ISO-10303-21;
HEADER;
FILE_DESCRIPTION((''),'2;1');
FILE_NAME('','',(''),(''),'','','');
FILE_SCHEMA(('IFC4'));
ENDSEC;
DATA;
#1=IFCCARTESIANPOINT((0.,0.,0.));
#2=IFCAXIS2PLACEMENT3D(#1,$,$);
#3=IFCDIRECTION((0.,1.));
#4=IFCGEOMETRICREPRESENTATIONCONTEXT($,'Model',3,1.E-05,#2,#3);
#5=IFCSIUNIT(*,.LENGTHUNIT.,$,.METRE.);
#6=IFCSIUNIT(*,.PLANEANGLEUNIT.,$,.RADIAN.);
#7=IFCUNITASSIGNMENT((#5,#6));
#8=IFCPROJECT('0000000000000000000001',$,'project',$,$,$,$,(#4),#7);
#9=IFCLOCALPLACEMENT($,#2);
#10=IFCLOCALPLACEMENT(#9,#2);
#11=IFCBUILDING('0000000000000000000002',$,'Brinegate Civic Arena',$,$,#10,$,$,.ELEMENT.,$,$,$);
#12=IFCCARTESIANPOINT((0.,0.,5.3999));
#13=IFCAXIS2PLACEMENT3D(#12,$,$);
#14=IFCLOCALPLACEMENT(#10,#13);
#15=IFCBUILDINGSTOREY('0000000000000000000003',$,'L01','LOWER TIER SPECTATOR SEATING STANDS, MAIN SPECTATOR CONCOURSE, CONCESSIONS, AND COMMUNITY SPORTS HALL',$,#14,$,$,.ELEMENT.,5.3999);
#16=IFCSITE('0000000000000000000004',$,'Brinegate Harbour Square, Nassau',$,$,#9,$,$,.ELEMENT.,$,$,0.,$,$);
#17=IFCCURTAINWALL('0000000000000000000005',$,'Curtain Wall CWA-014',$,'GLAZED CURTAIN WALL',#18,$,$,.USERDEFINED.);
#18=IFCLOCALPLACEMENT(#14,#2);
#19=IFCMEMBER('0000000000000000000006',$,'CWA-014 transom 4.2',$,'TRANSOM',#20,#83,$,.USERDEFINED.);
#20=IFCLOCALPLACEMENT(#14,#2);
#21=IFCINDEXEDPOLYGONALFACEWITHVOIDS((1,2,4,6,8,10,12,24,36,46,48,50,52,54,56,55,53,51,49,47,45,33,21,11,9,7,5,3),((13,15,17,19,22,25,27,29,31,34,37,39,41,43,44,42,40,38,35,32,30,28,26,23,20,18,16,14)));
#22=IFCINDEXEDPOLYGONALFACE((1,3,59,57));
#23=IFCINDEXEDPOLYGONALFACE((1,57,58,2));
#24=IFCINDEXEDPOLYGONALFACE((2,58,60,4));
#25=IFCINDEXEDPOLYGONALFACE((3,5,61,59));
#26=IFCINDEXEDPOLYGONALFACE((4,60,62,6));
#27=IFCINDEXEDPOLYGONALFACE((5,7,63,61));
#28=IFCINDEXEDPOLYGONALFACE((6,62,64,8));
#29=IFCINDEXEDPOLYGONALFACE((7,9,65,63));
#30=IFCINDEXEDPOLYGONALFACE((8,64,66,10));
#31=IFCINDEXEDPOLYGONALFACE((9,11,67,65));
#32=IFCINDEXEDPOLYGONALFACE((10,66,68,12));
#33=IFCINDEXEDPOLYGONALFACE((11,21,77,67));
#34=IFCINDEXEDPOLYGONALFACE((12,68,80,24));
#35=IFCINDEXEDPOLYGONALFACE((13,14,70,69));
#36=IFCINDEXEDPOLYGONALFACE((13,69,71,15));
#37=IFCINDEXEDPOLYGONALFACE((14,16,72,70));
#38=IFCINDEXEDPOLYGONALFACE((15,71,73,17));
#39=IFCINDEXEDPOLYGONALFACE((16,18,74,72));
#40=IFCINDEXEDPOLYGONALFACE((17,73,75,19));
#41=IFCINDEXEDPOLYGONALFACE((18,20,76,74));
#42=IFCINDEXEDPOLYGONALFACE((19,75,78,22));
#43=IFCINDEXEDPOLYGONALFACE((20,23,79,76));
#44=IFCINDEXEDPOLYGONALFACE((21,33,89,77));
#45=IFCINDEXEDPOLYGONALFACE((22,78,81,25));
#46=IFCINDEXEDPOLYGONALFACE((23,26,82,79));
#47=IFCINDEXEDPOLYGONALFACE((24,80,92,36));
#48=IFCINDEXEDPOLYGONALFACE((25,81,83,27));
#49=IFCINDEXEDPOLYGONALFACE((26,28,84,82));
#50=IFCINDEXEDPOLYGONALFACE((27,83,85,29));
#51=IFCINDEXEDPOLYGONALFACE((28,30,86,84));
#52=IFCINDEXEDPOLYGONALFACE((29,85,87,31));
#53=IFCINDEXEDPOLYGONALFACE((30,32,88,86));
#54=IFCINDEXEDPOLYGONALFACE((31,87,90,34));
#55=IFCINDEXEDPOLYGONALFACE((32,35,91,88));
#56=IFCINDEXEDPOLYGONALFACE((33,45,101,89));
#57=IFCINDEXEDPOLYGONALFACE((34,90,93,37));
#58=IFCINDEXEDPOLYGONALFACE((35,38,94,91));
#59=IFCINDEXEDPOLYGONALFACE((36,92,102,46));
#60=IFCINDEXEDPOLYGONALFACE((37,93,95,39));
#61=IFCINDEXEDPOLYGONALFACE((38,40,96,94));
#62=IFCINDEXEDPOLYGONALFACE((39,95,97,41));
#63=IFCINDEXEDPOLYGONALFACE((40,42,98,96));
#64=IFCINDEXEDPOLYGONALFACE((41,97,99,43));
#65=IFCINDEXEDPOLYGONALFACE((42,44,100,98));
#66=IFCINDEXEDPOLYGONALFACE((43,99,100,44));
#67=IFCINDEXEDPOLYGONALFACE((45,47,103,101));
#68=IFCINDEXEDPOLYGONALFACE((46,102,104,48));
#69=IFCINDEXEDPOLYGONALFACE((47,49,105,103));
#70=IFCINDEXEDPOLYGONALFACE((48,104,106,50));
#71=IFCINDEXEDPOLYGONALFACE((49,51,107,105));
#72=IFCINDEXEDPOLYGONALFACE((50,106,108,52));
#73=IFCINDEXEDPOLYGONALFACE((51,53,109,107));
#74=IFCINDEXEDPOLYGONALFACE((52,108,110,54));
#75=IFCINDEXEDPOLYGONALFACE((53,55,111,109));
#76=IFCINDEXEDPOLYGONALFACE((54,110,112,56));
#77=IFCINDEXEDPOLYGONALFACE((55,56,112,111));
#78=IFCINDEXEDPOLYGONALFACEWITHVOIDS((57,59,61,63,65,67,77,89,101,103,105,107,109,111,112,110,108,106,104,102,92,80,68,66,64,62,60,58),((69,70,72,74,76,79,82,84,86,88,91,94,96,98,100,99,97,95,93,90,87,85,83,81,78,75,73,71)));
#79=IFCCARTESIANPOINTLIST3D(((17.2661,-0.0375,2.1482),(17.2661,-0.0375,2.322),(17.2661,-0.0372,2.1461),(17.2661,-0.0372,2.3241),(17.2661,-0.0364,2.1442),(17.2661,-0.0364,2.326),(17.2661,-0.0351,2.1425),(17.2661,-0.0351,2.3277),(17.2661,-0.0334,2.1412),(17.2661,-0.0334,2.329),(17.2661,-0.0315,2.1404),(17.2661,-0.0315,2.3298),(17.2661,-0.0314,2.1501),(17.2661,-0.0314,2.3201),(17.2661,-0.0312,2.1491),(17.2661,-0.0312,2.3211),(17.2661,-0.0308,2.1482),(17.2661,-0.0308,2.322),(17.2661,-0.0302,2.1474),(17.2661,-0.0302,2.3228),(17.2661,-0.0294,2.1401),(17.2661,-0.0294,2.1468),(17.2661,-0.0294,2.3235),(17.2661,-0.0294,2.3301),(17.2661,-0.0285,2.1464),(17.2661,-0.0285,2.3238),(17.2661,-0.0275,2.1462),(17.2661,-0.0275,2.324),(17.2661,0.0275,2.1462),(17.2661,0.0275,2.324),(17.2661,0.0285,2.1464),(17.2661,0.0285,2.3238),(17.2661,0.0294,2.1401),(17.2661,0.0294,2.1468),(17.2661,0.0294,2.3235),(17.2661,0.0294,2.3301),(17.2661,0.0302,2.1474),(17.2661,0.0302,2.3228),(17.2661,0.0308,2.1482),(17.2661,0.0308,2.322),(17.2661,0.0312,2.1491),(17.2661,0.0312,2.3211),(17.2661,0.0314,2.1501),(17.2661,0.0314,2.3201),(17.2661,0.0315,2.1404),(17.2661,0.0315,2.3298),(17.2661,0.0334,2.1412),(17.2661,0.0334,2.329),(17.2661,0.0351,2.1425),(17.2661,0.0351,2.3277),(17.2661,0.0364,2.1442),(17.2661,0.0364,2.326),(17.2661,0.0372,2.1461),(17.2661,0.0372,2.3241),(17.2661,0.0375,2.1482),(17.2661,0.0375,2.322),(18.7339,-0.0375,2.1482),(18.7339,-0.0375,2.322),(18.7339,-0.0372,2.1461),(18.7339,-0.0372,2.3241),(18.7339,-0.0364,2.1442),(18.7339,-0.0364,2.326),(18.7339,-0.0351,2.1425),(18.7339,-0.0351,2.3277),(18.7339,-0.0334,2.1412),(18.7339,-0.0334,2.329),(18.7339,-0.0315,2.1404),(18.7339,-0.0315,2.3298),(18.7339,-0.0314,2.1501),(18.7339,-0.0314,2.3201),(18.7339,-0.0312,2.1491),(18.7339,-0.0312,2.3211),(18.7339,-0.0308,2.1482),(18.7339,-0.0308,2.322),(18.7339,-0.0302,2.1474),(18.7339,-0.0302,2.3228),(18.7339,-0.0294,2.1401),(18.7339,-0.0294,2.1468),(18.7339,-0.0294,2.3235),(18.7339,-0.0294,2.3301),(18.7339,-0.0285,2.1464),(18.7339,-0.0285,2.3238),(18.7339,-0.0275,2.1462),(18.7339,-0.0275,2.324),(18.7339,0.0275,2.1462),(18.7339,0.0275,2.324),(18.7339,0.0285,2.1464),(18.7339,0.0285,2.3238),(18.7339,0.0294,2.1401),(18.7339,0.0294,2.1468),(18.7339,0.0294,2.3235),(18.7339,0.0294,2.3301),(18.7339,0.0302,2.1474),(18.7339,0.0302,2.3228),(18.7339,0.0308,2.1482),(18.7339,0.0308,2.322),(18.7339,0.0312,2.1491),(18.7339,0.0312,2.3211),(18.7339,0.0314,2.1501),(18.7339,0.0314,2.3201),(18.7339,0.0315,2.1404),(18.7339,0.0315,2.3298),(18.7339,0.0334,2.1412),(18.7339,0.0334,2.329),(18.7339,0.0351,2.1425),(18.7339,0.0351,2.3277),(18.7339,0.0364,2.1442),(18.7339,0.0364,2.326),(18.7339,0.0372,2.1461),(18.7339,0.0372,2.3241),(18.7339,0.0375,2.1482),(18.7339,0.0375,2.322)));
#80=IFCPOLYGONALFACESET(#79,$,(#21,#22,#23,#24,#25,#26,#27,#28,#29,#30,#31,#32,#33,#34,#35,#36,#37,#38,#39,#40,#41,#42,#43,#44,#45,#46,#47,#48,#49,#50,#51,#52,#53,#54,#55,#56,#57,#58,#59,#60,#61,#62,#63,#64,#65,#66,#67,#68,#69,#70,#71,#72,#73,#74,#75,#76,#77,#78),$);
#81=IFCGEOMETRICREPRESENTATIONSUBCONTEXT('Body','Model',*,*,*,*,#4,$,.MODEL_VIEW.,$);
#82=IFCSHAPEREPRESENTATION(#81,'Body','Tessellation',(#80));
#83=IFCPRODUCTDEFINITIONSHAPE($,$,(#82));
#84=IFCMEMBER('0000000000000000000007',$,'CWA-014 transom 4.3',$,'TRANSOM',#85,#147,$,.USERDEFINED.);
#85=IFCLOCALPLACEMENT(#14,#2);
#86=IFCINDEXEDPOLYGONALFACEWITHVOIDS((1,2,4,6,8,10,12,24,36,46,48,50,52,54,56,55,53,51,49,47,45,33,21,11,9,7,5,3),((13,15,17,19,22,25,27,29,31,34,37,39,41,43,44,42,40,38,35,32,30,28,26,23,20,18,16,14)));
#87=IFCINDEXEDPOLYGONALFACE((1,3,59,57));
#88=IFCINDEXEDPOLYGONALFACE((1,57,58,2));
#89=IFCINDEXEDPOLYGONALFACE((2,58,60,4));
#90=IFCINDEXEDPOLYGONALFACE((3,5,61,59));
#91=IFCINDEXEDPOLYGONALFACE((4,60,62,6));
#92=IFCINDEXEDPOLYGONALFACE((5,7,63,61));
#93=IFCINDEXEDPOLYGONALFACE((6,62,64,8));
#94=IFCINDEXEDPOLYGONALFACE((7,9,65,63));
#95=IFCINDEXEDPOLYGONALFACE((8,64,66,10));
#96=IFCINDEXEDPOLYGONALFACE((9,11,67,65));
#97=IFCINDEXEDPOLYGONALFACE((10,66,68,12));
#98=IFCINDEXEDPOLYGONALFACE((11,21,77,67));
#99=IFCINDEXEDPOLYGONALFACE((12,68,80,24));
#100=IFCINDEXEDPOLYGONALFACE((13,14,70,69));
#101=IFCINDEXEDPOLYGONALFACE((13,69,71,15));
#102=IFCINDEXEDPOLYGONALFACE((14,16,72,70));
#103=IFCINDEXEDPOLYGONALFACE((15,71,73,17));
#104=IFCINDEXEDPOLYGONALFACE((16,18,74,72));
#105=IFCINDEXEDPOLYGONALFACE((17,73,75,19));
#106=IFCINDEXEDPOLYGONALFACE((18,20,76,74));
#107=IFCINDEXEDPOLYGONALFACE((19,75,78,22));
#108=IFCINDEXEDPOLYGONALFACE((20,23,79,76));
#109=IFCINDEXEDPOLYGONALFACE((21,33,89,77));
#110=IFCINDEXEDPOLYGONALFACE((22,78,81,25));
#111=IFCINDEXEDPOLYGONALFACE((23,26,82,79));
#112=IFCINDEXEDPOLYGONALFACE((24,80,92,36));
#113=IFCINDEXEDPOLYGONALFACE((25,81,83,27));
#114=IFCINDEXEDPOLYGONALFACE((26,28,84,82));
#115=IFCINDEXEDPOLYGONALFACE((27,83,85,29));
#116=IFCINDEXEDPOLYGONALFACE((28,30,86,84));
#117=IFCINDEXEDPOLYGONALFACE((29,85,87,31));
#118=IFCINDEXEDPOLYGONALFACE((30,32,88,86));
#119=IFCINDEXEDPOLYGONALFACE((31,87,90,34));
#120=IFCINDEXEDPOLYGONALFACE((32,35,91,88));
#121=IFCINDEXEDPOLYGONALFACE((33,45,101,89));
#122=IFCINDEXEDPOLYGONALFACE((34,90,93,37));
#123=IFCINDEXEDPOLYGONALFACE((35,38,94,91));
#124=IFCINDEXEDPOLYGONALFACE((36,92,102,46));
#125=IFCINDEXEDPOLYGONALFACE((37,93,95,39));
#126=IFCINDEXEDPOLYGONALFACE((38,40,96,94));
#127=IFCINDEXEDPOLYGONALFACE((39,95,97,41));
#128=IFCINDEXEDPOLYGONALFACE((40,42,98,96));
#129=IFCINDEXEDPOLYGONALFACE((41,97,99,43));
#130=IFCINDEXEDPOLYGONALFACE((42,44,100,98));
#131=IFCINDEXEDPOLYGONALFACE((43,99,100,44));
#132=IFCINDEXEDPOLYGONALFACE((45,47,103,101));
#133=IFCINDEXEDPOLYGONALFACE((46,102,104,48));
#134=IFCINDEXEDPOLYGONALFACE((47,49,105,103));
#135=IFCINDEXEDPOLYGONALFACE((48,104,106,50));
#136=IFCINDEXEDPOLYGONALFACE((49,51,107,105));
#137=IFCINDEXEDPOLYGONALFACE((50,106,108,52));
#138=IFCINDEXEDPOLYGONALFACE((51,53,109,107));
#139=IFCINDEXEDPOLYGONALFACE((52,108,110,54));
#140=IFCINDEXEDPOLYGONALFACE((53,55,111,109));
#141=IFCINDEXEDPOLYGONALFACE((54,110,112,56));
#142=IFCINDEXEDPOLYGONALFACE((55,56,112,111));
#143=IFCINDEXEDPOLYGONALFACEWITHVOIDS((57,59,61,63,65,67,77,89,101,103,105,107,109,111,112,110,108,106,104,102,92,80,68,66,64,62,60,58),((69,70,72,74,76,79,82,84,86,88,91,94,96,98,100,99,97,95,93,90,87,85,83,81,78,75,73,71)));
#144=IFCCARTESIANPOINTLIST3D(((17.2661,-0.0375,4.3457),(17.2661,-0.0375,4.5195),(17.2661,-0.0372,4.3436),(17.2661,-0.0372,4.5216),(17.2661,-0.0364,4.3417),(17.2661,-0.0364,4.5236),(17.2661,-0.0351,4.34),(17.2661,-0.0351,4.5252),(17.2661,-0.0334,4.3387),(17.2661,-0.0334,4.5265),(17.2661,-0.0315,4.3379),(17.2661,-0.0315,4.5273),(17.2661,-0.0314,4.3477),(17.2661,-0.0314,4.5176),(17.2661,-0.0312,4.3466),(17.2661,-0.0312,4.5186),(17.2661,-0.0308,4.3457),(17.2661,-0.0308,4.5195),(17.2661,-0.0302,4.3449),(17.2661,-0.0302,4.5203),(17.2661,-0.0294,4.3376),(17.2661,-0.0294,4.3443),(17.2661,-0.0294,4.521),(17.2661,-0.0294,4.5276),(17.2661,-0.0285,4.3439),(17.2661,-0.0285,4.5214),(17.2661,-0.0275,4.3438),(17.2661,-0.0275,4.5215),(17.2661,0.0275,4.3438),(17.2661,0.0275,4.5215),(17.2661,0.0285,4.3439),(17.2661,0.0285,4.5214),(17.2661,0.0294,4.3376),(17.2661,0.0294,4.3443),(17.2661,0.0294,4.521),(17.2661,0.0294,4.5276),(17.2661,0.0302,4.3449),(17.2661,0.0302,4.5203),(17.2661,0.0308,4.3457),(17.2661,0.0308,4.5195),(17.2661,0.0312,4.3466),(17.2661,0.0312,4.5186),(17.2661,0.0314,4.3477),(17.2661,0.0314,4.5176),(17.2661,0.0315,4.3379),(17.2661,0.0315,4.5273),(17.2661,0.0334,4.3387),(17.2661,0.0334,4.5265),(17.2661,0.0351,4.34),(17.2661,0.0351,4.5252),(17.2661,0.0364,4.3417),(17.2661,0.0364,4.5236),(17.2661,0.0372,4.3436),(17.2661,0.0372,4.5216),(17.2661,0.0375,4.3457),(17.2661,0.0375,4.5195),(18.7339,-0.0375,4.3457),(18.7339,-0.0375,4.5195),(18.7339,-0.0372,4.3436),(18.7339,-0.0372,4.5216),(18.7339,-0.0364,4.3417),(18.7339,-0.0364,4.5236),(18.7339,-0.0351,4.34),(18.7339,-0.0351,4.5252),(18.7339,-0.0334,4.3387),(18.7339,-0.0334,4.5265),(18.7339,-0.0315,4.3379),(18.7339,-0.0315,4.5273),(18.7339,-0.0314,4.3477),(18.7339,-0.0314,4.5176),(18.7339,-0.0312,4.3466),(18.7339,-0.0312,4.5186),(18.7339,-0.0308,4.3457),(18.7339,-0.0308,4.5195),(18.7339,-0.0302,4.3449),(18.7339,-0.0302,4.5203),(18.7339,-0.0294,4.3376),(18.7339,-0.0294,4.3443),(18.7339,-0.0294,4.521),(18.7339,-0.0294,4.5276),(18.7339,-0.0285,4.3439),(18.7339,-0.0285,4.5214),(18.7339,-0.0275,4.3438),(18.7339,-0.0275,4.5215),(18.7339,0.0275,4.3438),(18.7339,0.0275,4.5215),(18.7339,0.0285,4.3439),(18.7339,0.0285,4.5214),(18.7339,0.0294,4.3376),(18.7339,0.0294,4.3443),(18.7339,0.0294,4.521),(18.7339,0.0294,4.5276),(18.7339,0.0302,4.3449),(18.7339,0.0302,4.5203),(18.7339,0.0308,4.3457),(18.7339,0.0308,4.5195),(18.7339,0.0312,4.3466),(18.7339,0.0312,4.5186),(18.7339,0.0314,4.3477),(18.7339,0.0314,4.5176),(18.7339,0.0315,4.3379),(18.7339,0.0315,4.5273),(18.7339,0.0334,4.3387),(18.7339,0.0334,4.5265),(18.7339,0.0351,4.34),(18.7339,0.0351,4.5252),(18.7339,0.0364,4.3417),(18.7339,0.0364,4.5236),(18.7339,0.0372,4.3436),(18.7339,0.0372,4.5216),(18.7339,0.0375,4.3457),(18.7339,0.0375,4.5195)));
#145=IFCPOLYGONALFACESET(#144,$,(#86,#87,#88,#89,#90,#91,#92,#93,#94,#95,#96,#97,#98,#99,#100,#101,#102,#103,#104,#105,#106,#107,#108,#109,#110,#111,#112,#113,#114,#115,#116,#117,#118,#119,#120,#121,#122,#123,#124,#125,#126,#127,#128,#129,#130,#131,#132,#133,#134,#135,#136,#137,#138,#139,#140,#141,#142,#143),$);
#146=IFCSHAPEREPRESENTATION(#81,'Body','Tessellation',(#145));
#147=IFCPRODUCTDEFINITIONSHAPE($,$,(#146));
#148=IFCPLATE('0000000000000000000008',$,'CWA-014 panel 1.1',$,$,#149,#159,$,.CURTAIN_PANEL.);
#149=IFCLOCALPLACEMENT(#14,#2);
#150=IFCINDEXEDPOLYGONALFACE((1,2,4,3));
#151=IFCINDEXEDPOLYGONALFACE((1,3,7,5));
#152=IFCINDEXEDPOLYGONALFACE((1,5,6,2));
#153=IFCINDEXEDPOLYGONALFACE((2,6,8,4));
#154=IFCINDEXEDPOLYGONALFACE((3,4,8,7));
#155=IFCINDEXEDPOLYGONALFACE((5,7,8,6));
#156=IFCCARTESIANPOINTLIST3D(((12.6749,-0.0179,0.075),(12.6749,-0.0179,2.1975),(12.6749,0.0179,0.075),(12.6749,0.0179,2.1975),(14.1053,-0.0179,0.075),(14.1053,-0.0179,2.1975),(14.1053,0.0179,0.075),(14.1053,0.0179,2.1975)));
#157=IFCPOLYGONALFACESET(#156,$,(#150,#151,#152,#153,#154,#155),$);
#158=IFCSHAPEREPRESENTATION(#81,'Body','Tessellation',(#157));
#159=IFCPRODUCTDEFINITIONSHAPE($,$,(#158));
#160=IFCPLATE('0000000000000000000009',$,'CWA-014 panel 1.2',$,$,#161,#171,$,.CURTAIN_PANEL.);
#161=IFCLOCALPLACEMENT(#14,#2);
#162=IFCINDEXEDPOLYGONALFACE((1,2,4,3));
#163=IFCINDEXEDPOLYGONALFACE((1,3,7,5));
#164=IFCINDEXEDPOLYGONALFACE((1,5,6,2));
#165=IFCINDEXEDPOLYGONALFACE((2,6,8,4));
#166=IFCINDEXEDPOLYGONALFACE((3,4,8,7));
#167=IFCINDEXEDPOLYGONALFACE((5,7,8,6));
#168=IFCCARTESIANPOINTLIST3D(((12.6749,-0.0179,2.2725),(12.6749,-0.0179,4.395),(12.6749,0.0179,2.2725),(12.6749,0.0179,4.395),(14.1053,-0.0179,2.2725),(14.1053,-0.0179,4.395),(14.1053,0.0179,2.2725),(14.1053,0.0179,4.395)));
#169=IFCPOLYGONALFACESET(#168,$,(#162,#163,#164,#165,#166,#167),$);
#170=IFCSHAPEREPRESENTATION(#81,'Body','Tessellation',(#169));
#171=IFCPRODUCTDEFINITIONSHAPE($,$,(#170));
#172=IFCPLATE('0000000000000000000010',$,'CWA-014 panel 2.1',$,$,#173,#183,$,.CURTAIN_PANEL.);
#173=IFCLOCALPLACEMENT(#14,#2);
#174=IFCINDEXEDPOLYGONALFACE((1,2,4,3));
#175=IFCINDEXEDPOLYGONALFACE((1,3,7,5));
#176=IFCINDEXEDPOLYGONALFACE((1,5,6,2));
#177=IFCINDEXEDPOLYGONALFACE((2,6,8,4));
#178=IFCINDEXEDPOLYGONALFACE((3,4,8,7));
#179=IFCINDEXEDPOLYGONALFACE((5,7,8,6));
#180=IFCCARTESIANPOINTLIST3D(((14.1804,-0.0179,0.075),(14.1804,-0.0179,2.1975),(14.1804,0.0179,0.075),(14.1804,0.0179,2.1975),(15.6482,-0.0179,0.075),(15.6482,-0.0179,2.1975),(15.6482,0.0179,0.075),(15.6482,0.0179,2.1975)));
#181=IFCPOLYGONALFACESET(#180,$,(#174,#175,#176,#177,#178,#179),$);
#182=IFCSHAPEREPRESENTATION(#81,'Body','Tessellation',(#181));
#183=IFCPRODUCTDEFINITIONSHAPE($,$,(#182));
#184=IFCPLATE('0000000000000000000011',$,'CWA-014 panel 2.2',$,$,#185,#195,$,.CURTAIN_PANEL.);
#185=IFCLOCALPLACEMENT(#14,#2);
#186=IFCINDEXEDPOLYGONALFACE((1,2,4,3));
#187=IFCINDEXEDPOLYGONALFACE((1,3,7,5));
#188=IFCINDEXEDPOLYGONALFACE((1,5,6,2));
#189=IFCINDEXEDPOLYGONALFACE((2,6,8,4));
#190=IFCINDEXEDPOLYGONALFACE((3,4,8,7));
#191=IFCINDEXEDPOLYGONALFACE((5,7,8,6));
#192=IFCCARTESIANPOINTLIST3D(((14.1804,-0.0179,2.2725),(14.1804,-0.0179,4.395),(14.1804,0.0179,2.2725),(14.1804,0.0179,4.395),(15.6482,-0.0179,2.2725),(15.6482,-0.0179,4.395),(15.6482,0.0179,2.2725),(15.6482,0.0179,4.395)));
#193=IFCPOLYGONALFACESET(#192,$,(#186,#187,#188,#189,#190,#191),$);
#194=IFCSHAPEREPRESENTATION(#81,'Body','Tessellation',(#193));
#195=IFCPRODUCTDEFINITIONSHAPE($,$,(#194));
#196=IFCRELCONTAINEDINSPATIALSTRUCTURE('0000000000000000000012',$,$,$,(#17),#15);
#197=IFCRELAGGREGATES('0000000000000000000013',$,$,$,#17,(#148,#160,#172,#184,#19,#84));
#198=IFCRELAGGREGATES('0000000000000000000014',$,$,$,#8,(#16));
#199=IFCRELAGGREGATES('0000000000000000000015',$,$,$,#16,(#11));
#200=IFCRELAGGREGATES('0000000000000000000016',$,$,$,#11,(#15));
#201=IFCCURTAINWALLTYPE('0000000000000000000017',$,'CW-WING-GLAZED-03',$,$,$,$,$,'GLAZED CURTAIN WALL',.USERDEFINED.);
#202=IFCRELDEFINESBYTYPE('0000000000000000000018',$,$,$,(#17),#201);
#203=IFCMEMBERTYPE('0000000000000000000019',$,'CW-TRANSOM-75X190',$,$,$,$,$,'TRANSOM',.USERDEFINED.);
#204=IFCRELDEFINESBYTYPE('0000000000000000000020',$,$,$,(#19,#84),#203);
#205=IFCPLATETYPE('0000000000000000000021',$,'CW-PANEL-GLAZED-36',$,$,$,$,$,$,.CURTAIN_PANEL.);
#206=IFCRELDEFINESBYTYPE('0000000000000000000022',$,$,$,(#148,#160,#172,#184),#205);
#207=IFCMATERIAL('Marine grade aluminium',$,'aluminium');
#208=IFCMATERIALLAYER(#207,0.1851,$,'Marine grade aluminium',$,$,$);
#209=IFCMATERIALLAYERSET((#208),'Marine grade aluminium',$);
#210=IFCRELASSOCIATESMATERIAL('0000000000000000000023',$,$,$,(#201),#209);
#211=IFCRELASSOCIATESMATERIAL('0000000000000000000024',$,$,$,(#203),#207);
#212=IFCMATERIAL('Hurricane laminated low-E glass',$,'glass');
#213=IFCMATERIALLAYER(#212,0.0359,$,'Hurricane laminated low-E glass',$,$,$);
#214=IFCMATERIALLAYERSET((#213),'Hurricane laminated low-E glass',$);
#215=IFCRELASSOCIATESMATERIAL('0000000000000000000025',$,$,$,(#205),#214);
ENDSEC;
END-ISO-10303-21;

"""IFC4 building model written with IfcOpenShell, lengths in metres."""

from ifc_helpers import new_model, si_unit, direction, frame, origin, origin_2d, place, context, subcontext, project, spatial, rectangle, hollow_rectangle, extrude, material, layer, layer_set, material_profile, profile_set, type_object, element, aggregate, save


model = new_model("IFC4")

# Units and contexts
model_context = context("Model", 3, precision=1e-05, world=origin(), true_north=direction((0.0, 1.0)))
body_context = subcontext(model_context, "Body", "Model", "MODEL_VIEW")
ifc_project = project(units=[si_unit("LENGTHUNIT", "METRE"), si_unit("PLANEANGLEUNIT", "RADIAN")], contexts=[model_context])

# Site, building, storey
site_placement = place(None, origin())
site = spatial("IfcSite", under=ifc_project, at=site_placement, Name="Brinegate Harbour Square, Nassau", CompositionType="ELEMENT", RefElevation=0.0)
building_placement = place(site_placement, origin())
building = spatial("IfcBuilding", under=site, at=building_placement, Name="Brinegate Civic Arena", CompositionType="ELEMENT")
storey_placement = place(building_placement, frame((0.0, 0.0, 5.3999)))
storey = spatial("IfcBuildingStorey", under=building, at=storey_placement, Name="L01", Description="LOWER TIER SPECTATOR SEATING STANDS, MAIN SPECTATOR CONCOURSE, CONCESSIONS, AND COMMUNITY SPORTS HALL", CompositionType="ELEMENT", Elevation=5.3999)

# Curtain wall, members, plates
ifc_material_1 = material(Name="Marine grade aluminium", Category="aluminium")
ifc_layer_1 = layer(ifc_material_1, 0.1851, Name="Marine grade aluminium")
ifc_layer_set_1 = layer_set([ifc_layer_1], Name="Marine grade aluminium")
curtain_wall_type = type_object("IfcCurtainWallType", Name="CW-WING-GLAZED-03", ElementType="GLAZED CURTAIN WALL", PredefinedType="USERDEFINED", material=ifc_layer_set_1)
curtain_wall_placement = place(storey_placement, origin())
curtain_wall = element("IfcCurtainWall", 1, at=curtain_wall_placement, inside=storey, type_object=curtain_wall_type, Name="Curtain Wall CWA-014", ObjectType="GLAZED CURTAIN WALL", PredefinedType="USERDEFINED")
ifc_material_profile_1 = material_profile(ifc_material_1, hollow_rectangle(XDim=0.075, YDim=0.1899, WallThickness=0.0061, InnerFilletRadius=0.0039, OuterFilletRadius=0.0081, at=origin_2d()), Name="TRN75X190")
ifc_profile_set_1 = profile_set([ifc_material_profile_1], Name="Marine grade aluminium")
member_type_1 = type_object("IfcMemberType", Name="CW-TRANSOM-75X190", ElementType="TRANSOM", PredefinedType="USERDEFINED", material=ifc_profile_set_1)
member_1_placement = place(storey_placement, frame((17.2661, 0.0, 2.2351), z_axis=(1.0, 0.0, 0.0), x_axis=(0.0, 1.0, 0.0)))
member_1 = element("IfcMember", 2, at=member_1_placement, type_object=member_type_1, Name="CWA-014 transom 4.2", ObjectType="TRANSOM", PredefinedType="USERDEFINED", context=body_context, shape_type="SweptSolid", body=[
    extrude(hollow_rectangle(XDim=0.075, YDim=0.1899, WallThickness=0.0061, InnerFilletRadius=0.0039, OuterFilletRadius=0.0081, at=origin_2d()), origin(), (0.0, 0.0, 1.0), 1.4678),
])
member_2_placement = place(storey_placement, frame((17.2661, 0.0, 4.4326), z_axis=(1.0, 0.0, 0.0), x_axis=(0.0, 1.0, 0.0)))
member_2 = element("IfcMember", 3, at=member_2_placement, type_object=member_type_1, Name="CWA-014 transom 4.3", ObjectType="TRANSOM", PredefinedType="USERDEFINED", context=body_context, shape_type="SweptSolid", body=[
    extrude(hollow_rectangle(XDim=0.075, YDim=0.1899, WallThickness=0.0061, InnerFilletRadius=0.0039, OuterFilletRadius=0.0081, at=origin_2d()), origin(), (0.0, 0.0, 1.0), 1.4678),
])
ifc_material_2 = material(Name="Hurricane laminated low-E glass", Category="glass")
ifc_layer_2 = layer(ifc_material_2, 0.0359, Name="Hurricane laminated low-E glass")
ifc_layer_set_2 = layer_set([ifc_layer_2], Name="Hurricane laminated low-E glass")
plate_type = type_object("IfcPlateType", Name="CW-PANEL-GLAZED-36", PredefinedType="CURTAIN_PANEL", material=ifc_layer_set_2)
plate_1_placement = place(storey_placement, frame((13.3901, 0.0, 0.075), z_axis=(0.0, 0.0, 1.0), x_axis=(1.0, 0.0, 0.0)))
plate_1 = element("IfcPlate", 4, at=plate_1_placement, type_object=plate_type, Name="CWA-014 panel 1.1", PredefinedType="CURTAIN_PANEL", context=body_context, shape_type="SweptSolid", body=[
    extrude(rectangle(XDim=1.4304, YDim=0.0359, at=origin_2d()), origin(), (0.0, 0.0, 1.0), 2.1226),
])
plate_2_placement = place(storey_placement, frame((13.3901, 0.0, 2.2725), z_axis=(0.0, 0.0, 1.0), x_axis=(1.0, 0.0, 0.0)))
plate_2 = element("IfcPlate", 5, at=plate_2_placement, type_object=plate_type, Name="CWA-014 panel 1.2", PredefinedType="CURTAIN_PANEL", context=body_context, shape_type="SweptSolid", body=[
    extrude(rectangle(XDim=1.4304, YDim=0.0359, at=origin_2d()), origin(), (0.0, 0.0, 1.0), 2.1226),
])
plate_3_placement = place(storey_placement, frame((14.9143, 0.0, 0.075), z_axis=(0.0, 0.0, 1.0), x_axis=(1.0, 0.0, 0.0)))
plate_3 = element("IfcPlate", 6, at=plate_3_placement, type_object=plate_type, Name="CWA-014 panel 2.1", PredefinedType="CURTAIN_PANEL", context=body_context, shape_type="SweptSolid", body=[
    extrude(rectangle(XDim=1.4678, YDim=0.0359, at=origin_2d()), origin(), (0.0, 0.0, 1.0), 2.1226),
])
plate_4_placement = place(storey_placement, frame((14.9143, 0.0, 2.2725), z_axis=(0.0, 0.0, 1.0), x_axis=(1.0, 0.0, 0.0)))
plate_4 = element("IfcPlate", 7, at=plate_4_placement, type_object=plate_type, Name="CWA-014 panel 2.2", PredefinedType="CURTAIN_PANEL", context=body_context, shape_type="SweptSolid", body=[
    extrude(rectangle(XDim=1.4678, YDim=0.0359, at=origin_2d()), origin(), (0.0, 0.0, 1.0), 2.1226),
])
aggregate(curtain_wall, [plate_1, plate_2, plate_3, plate_4, member_1, member_2])

save(model, "model.ifc")
